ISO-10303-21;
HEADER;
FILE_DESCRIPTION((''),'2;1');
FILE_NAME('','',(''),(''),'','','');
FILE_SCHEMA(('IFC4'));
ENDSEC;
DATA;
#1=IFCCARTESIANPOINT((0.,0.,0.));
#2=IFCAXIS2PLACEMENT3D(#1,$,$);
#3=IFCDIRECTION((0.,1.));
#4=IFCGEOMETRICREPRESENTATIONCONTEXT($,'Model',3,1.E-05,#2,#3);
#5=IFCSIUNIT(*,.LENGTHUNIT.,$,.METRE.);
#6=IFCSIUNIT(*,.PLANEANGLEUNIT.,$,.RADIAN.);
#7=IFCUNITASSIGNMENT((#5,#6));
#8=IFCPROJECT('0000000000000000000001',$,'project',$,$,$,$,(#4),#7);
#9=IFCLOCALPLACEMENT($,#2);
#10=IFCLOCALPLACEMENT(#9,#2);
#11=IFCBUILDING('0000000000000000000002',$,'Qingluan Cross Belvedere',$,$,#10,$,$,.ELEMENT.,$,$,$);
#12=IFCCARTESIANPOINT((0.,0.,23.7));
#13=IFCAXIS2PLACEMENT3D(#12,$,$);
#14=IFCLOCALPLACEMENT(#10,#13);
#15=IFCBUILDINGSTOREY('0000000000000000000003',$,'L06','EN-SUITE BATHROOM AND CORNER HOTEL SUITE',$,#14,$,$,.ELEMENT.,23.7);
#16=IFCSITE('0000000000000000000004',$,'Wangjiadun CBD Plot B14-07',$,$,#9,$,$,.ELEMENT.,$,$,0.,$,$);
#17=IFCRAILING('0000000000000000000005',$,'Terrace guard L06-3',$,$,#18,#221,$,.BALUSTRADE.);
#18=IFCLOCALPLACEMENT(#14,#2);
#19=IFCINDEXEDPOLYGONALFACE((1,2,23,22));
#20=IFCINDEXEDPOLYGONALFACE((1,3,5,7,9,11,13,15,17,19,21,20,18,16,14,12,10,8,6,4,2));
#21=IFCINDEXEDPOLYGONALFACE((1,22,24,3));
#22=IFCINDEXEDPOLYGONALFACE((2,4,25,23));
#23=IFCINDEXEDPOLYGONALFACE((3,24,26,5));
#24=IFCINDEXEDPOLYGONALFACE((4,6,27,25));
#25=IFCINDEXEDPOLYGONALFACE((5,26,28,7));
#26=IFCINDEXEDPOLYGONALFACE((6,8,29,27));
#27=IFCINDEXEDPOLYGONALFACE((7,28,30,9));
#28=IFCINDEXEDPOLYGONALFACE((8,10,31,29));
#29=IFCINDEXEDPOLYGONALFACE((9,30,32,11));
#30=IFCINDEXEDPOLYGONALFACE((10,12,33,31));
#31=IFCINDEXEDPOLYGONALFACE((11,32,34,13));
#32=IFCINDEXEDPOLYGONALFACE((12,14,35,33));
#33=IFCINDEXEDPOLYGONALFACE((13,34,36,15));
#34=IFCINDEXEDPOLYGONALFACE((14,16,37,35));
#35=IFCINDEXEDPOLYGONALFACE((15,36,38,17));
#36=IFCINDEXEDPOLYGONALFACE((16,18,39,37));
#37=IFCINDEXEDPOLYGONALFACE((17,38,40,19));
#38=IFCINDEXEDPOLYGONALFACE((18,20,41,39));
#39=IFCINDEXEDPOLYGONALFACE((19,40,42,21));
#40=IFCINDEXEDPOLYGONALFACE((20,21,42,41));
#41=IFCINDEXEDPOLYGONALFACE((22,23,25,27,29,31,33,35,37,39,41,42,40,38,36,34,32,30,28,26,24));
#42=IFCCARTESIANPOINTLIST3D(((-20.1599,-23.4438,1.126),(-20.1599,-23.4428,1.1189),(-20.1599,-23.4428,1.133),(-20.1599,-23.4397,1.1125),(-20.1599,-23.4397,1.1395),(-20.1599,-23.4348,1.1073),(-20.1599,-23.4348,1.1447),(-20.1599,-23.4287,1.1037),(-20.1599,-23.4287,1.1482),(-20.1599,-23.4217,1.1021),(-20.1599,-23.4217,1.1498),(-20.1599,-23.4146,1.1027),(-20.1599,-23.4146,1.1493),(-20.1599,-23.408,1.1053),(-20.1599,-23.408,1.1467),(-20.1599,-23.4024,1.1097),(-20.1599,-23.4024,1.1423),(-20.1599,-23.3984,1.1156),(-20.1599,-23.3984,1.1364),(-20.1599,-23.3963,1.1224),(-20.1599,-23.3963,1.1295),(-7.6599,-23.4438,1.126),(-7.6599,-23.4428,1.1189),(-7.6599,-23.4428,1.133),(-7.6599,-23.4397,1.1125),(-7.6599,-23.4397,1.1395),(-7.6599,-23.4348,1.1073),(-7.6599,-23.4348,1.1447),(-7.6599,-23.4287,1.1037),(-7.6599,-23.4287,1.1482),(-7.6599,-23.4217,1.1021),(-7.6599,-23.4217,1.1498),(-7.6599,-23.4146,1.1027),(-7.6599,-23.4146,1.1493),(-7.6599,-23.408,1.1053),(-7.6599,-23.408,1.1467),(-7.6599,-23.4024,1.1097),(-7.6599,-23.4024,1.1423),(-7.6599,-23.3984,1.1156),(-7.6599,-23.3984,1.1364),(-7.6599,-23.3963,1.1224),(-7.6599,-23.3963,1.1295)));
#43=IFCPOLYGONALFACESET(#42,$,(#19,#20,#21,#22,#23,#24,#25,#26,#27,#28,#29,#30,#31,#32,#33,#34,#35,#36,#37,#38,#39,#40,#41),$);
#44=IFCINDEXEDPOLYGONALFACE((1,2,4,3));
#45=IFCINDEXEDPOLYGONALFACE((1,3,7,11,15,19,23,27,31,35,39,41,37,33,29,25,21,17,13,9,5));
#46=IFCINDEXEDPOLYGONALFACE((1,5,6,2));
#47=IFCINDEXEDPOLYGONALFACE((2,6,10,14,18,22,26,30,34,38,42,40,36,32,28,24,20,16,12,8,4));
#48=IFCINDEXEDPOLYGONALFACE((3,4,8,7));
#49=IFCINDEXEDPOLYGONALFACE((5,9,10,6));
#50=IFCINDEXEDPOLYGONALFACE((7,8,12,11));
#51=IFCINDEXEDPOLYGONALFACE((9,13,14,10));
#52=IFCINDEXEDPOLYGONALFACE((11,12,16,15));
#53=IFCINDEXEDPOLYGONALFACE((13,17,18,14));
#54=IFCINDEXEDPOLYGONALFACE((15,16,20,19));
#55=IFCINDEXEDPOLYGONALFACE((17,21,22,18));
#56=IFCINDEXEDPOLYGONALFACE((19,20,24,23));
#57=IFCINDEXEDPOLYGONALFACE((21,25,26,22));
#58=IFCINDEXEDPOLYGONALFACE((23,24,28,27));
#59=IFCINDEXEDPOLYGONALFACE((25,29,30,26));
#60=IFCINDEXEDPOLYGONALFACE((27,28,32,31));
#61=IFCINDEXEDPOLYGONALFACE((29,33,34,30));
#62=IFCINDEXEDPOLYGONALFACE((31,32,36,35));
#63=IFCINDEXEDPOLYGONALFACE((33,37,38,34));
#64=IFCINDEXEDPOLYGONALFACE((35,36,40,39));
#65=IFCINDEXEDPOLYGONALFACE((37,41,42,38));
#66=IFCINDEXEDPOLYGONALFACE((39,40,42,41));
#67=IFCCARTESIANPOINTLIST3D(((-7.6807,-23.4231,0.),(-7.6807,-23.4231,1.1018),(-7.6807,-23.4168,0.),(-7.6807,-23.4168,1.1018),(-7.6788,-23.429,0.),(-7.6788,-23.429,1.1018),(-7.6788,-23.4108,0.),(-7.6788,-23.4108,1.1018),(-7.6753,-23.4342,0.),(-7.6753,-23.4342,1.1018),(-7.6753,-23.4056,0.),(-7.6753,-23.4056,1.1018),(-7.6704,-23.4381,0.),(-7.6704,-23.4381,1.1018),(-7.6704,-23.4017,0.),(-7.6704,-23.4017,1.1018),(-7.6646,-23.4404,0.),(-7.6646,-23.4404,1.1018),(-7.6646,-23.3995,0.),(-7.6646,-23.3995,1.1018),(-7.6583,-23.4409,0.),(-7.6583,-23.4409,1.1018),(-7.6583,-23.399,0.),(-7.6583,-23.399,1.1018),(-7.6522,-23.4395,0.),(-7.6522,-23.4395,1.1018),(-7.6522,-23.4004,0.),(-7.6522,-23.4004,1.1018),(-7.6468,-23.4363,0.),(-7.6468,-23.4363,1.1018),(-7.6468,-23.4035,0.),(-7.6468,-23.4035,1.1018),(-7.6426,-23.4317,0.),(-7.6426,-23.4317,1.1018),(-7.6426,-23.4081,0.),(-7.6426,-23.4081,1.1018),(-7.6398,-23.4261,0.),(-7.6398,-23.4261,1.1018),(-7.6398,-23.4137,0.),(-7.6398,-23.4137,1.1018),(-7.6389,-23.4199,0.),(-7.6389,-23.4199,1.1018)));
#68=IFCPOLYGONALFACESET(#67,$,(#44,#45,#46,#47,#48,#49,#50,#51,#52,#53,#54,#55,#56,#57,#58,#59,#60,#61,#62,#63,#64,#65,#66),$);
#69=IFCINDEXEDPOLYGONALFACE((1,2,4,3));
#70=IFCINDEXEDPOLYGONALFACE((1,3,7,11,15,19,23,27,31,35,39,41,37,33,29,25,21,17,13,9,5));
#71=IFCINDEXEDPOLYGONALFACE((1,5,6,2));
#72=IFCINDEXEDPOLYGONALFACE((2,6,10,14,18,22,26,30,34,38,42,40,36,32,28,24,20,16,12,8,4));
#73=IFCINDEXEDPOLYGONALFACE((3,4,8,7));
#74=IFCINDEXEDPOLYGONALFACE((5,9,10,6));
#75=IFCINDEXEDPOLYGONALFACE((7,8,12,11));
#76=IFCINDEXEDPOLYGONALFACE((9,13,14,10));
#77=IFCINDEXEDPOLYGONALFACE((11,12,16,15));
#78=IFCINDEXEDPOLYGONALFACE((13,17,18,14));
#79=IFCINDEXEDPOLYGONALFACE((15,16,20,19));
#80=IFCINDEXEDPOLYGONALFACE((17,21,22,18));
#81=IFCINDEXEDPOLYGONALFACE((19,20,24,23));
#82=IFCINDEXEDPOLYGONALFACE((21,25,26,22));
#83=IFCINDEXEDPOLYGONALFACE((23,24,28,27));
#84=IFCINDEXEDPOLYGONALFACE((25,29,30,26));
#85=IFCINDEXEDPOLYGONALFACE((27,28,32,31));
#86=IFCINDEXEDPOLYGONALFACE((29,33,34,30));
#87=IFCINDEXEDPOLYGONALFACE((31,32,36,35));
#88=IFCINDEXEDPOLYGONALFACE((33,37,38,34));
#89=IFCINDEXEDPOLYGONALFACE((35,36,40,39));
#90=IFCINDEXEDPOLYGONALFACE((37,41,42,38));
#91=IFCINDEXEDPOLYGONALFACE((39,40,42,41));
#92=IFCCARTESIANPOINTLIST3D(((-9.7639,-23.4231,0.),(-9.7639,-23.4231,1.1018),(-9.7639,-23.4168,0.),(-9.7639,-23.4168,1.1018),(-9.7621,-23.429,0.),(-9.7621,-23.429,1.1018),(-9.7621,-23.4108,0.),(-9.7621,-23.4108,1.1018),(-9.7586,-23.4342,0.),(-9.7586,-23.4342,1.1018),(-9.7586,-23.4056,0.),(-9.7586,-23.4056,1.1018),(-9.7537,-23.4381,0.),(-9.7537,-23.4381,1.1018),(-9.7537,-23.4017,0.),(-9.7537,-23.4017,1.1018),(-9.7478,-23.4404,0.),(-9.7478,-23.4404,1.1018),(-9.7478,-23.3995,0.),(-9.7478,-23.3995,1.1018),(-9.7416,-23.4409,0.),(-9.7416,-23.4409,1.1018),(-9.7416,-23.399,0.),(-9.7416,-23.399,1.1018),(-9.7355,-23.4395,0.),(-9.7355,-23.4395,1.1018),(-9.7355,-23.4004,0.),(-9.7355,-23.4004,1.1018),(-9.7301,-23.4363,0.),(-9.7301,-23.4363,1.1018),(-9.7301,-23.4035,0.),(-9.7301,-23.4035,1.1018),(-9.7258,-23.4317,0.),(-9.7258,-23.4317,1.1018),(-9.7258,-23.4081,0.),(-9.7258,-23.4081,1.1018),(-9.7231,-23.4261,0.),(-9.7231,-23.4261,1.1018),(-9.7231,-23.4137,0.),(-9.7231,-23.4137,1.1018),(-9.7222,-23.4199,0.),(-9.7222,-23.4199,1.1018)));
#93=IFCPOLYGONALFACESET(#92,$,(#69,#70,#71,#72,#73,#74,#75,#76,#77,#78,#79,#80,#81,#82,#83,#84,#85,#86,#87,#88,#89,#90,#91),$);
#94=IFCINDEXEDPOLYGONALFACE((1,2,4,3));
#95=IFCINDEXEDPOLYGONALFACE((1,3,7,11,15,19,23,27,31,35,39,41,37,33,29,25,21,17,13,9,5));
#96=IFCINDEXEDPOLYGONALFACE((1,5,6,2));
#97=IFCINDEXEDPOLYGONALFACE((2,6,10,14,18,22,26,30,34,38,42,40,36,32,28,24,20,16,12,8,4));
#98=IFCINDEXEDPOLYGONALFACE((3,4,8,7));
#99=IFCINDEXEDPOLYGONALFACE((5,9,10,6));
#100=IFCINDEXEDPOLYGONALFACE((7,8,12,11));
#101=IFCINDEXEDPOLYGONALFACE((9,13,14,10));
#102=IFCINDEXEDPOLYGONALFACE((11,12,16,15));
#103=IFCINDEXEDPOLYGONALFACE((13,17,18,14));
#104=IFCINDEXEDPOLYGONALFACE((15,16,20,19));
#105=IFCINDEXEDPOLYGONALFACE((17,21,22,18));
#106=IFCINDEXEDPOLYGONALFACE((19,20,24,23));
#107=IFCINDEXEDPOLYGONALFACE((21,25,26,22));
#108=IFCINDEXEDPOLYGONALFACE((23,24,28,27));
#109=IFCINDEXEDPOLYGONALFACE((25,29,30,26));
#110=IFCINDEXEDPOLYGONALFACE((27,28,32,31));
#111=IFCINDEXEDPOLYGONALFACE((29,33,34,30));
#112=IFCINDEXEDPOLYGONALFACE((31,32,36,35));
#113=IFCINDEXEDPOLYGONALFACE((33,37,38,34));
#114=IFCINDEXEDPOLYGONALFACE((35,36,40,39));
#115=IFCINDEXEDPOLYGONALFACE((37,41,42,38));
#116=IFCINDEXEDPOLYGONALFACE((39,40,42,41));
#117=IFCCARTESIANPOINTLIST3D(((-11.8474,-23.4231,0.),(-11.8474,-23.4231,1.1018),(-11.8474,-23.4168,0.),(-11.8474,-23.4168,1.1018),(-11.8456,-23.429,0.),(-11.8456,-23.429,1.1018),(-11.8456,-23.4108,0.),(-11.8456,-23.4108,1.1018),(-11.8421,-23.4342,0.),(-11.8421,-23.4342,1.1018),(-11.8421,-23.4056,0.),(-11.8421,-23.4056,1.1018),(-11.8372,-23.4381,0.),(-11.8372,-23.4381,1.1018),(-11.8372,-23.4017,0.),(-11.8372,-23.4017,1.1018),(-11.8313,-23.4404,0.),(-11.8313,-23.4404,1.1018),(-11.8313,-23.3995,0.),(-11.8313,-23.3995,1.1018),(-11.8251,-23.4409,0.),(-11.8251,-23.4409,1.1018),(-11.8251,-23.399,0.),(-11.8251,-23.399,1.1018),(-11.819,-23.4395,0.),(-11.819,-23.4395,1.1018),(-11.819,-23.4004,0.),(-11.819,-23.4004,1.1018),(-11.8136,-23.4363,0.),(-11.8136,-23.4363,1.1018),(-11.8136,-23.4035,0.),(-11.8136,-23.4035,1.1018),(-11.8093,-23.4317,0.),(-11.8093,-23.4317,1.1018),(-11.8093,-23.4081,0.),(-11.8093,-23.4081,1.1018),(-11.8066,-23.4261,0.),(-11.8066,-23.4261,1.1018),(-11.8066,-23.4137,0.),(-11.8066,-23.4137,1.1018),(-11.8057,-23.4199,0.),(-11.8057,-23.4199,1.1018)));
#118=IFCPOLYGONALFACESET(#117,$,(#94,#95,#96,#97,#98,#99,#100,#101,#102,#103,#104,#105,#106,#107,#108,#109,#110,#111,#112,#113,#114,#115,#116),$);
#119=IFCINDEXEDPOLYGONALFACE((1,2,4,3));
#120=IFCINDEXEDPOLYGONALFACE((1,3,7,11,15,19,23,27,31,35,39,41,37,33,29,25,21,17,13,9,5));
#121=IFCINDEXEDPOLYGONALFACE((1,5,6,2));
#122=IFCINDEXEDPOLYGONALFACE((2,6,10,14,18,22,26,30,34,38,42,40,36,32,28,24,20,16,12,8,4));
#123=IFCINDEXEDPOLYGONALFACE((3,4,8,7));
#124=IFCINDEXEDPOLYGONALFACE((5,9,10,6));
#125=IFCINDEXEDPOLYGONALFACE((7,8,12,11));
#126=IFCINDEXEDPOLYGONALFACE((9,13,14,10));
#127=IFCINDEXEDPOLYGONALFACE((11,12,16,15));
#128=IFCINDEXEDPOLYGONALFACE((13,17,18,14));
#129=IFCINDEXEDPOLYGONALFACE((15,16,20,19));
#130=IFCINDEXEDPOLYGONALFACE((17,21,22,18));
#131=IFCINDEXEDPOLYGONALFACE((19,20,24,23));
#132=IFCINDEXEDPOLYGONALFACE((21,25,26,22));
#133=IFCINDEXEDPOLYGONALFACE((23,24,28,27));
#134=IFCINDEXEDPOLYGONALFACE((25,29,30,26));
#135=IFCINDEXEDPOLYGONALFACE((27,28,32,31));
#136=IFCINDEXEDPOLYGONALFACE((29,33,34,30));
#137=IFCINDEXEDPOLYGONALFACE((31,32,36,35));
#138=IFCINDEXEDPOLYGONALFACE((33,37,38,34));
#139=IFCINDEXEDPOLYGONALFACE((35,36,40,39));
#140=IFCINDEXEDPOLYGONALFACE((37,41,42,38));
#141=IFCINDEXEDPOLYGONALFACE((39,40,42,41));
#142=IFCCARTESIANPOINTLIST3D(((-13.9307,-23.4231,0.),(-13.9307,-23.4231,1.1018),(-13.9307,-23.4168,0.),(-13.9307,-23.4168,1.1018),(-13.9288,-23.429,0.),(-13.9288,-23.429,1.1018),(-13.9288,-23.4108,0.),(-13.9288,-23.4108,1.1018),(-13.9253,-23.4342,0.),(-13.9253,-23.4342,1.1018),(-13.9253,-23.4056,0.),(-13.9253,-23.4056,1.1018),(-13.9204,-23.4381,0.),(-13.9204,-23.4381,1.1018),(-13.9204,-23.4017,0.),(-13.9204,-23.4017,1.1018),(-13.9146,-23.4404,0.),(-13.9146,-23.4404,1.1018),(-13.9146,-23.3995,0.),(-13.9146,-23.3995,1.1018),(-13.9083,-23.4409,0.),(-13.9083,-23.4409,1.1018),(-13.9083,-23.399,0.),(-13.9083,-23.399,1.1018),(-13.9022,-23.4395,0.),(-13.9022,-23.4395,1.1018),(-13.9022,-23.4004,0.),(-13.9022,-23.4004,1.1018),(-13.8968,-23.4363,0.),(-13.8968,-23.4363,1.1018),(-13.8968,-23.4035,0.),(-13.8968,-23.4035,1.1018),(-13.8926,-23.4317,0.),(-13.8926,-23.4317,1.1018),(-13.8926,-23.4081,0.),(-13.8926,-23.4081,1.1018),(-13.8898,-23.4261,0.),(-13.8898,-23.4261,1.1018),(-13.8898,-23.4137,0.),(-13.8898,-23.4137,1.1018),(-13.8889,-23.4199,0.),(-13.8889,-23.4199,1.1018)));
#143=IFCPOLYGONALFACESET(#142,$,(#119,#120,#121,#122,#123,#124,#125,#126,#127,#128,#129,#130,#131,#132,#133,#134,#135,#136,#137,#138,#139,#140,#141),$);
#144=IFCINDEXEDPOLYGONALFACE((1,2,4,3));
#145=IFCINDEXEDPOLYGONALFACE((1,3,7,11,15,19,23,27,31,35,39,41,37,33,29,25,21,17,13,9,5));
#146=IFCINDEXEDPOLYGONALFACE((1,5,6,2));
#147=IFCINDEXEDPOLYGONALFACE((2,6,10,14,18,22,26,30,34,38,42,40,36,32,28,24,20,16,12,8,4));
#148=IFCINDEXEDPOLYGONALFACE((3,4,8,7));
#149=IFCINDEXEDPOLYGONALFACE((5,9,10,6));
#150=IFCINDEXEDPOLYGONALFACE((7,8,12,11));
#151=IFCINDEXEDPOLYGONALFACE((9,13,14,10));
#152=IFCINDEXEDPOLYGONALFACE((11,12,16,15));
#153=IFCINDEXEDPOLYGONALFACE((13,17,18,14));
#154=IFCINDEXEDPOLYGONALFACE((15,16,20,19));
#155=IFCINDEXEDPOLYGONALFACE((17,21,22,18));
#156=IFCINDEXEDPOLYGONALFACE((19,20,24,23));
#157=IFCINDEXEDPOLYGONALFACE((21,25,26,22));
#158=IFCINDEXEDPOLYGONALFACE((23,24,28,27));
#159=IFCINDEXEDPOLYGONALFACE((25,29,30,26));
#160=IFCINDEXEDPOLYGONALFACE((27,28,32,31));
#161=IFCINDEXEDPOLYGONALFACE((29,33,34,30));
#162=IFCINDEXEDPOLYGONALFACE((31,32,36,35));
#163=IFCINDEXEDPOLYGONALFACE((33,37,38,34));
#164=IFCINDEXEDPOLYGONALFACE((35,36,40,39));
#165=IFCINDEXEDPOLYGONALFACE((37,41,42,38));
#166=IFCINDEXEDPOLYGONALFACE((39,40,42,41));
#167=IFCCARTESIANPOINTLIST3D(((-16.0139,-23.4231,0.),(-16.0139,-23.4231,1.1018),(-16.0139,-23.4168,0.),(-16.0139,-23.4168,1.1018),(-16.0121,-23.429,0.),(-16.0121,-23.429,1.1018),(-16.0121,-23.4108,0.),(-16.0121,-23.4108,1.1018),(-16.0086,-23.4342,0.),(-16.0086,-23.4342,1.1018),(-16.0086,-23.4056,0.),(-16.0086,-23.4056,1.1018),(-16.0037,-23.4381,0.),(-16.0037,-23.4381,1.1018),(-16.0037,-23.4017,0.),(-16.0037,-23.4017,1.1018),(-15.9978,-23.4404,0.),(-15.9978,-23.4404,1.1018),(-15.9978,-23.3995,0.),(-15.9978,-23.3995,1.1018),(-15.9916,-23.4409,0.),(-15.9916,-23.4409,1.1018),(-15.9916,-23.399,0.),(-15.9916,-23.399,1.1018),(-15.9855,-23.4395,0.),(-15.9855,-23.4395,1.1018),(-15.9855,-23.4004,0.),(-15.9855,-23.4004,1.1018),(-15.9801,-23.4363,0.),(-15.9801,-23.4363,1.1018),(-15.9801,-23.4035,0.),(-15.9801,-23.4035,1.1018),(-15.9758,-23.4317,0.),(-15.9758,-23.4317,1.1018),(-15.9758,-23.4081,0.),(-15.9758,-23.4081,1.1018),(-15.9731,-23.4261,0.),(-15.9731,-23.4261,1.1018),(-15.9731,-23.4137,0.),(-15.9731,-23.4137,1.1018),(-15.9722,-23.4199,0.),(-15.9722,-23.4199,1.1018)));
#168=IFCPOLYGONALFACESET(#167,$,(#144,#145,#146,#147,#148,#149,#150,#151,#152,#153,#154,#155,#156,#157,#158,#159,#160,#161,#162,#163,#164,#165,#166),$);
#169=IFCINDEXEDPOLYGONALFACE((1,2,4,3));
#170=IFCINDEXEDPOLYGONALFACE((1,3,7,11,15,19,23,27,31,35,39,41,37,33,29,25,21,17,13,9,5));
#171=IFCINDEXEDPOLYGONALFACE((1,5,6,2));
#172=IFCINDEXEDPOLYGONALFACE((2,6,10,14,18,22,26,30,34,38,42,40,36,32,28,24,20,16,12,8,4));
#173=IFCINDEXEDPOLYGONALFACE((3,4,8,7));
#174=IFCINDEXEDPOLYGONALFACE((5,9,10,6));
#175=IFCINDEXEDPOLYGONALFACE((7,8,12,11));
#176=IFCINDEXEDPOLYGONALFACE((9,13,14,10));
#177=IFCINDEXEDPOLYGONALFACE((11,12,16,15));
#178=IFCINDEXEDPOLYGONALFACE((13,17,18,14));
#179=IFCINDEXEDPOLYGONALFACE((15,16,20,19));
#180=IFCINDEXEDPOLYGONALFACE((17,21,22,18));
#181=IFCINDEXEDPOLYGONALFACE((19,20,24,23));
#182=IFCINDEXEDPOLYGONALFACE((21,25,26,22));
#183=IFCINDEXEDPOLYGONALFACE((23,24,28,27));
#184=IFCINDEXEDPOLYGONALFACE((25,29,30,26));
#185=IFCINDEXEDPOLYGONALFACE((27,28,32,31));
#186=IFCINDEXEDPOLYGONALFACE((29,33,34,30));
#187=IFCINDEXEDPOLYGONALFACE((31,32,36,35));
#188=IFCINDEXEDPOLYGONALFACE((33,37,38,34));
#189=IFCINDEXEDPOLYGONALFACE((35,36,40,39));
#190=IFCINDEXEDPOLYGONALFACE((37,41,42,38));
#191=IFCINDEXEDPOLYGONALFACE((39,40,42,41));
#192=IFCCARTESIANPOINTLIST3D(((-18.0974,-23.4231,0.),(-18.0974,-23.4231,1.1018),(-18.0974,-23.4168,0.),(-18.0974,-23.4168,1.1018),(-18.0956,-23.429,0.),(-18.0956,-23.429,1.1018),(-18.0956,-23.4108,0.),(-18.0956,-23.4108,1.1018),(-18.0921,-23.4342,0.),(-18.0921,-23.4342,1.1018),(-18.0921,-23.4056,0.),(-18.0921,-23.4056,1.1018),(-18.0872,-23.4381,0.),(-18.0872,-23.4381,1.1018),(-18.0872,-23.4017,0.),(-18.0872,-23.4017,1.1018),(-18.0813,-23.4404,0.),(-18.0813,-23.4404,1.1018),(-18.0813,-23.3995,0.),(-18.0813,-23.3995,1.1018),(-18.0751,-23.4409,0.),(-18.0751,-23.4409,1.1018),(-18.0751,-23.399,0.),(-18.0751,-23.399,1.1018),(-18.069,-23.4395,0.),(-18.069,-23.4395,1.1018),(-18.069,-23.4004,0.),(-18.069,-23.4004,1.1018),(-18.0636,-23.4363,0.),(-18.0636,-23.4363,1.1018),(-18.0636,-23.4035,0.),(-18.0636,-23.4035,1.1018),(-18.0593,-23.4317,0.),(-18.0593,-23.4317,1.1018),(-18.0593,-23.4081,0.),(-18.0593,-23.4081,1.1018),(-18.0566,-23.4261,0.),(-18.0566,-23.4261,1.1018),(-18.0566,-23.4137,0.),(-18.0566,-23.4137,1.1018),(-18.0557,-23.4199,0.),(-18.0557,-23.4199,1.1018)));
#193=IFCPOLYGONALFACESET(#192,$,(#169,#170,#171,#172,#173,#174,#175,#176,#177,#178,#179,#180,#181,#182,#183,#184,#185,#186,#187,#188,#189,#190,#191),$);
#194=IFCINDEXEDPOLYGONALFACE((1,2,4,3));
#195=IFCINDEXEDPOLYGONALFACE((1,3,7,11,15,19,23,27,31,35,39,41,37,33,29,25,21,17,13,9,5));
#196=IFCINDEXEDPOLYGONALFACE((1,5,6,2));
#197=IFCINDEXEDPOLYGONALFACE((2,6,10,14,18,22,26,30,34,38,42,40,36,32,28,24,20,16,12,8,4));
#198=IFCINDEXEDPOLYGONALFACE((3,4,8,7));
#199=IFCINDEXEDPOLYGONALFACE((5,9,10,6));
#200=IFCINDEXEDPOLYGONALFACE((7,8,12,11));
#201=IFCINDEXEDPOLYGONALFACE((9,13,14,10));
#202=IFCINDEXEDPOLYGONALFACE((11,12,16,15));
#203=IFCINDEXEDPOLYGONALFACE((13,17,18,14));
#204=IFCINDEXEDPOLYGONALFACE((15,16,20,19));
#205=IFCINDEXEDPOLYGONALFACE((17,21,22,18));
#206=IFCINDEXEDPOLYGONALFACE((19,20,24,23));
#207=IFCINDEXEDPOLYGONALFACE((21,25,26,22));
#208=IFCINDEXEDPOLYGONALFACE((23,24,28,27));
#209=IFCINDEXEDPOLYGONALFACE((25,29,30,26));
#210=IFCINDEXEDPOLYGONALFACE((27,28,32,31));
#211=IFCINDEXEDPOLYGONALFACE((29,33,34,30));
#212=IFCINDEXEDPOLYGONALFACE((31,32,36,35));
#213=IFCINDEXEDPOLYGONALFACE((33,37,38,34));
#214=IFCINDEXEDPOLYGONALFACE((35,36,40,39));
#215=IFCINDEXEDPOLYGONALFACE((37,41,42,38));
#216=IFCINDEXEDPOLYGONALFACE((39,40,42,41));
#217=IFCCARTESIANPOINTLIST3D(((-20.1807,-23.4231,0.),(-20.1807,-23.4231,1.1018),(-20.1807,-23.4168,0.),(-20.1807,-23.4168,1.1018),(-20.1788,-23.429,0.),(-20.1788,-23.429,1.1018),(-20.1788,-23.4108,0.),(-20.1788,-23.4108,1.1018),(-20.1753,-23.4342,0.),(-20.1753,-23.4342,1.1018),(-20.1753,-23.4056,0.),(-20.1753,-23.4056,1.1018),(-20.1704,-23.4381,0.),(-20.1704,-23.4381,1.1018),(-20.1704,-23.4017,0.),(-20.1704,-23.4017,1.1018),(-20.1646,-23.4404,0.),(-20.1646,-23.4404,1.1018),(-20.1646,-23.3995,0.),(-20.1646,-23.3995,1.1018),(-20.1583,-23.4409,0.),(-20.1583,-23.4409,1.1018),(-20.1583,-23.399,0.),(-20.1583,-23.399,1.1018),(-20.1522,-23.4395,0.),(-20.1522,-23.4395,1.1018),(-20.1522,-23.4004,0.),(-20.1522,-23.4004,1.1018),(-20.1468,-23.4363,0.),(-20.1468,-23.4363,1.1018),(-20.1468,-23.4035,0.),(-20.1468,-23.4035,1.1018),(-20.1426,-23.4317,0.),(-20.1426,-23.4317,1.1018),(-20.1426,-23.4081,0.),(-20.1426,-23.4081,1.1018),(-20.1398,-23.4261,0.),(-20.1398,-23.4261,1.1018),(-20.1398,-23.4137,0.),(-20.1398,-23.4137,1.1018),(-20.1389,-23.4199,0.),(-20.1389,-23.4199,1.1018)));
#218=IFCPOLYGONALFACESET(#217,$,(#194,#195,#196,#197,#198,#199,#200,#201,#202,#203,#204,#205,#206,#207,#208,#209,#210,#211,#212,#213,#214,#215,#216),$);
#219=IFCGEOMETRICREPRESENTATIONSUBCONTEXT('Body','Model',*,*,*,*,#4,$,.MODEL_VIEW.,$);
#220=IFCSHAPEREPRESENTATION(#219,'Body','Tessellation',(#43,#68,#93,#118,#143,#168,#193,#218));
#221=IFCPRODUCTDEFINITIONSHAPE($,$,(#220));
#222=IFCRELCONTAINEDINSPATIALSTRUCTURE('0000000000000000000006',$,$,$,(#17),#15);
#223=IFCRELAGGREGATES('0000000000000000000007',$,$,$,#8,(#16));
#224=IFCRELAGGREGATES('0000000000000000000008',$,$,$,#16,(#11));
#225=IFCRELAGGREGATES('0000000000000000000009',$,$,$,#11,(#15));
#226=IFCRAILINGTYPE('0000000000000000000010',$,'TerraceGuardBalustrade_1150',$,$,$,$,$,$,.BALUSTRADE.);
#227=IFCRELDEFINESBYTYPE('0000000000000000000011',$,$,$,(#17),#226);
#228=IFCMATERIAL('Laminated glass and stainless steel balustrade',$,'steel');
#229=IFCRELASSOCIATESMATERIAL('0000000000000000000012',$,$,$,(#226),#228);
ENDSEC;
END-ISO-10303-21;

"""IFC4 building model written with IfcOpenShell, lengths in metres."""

from ifc_helpers import new_model, si_unit, direction, frame, origin, origin_2d, place, context, subcontext, project, spatial, circle, extrude, material, type_object, element, save


model = new_model("IFC4")

# Units and contexts
model_context = context("Model", 3, precision=1e-05, world=origin(), true_north=direction((0.0, 1.0)))
body_context = subcontext(model_context, "Body", "Model", "MODEL_VIEW")
ifc_project = project(units=[si_unit("LENGTHUNIT", "METRE"), si_unit("PLANEANGLEUNIT", "RADIAN")], contexts=[model_context])

# Site, building, storey
site_placement = place(None, origin())
site = spatial("IfcSite", under=ifc_project, at=site_placement, Name="Wangjiadun CBD Plot B14-07", CompositionType="ELEMENT", RefElevation=0.0)
building_placement = place(site_placement, origin())
building = spatial("IfcBuilding", under=site, at=building_placement, Name="Qingluan Cross Belvedere", CompositionType="ELEMENT")
storey_placement = place(building_placement, frame((0.0, 0.0, 23.7)))
storey = spatial("IfcBuildingStorey", under=building, at=storey_placement, Name="L06", Description="EN-SUITE BATHROOM AND CORNER HOTEL SUITE", CompositionType="ELEMENT", Elevation=23.7)

# Railing
ifc_material_1 = material(Name="Laminated glass and stainless steel balustrade", Category="steel")
railing_type = type_object("IfcRailingType", Name="TerraceGuardBalustrade_1150", PredefinedType="BALUSTRADE", material=ifc_material_1)
railing_1_placement = place(storey_placement, frame((-7.6599, -23.4199, 0.0)))
element("IfcRailing", 1, at=railing_1_placement, inside=storey, type_object=railing_type, Name="Terrace guard L06-3", PredefinedType="BALUSTRADE", context=body_context, shape_type="SweptSolid", body=[
    extrude(circle(Radius=0.0239, at=origin_2d()), frame((0.0, 0.0, 1.126), z_axis=(-1.0, 0.0, 0.0), x_axis=(0.0, -1.0, 0.0)), (0.0, 0.0, 1.0), 12.5),
    extrude(circle(Radius=0.021, at=origin_2d()), origin(), (0.0, 0.0, 1.0), 1.1018),
    extrude(circle(Radius=0.021, at=origin_2d()), frame((-2.0833, 0.0, 0.0)), (0.0, 0.0, 1.0), 1.1018),
    extrude(circle(Radius=0.021, at=origin_2d()), frame((-4.1667, 0.0, 0.0)), (0.0, 0.0, 1.0), 1.1018),
    extrude(circle(Radius=0.021, at=origin_2d()), frame((-6.25, 0.0, 0.0)), (0.0, 0.0, 1.0), 1.1018),
    extrude(circle(Radius=0.021, at=origin_2d()), frame((-8.3333, 0.0, 0.0)), (0.0, 0.0, 1.0), 1.1018),
    extrude(circle(Radius=0.021, at=origin_2d()), frame((-10.4167, 0.0, 0.0)), (0.0, 0.0, 1.0), 1.1018),
    extrude(circle(Radius=0.021, at=origin_2d()), frame((-12.5, 0.0, 0.0)), (0.0, 0.0, 1.0), 1.1018),
])

save(model, "model.ifc")
